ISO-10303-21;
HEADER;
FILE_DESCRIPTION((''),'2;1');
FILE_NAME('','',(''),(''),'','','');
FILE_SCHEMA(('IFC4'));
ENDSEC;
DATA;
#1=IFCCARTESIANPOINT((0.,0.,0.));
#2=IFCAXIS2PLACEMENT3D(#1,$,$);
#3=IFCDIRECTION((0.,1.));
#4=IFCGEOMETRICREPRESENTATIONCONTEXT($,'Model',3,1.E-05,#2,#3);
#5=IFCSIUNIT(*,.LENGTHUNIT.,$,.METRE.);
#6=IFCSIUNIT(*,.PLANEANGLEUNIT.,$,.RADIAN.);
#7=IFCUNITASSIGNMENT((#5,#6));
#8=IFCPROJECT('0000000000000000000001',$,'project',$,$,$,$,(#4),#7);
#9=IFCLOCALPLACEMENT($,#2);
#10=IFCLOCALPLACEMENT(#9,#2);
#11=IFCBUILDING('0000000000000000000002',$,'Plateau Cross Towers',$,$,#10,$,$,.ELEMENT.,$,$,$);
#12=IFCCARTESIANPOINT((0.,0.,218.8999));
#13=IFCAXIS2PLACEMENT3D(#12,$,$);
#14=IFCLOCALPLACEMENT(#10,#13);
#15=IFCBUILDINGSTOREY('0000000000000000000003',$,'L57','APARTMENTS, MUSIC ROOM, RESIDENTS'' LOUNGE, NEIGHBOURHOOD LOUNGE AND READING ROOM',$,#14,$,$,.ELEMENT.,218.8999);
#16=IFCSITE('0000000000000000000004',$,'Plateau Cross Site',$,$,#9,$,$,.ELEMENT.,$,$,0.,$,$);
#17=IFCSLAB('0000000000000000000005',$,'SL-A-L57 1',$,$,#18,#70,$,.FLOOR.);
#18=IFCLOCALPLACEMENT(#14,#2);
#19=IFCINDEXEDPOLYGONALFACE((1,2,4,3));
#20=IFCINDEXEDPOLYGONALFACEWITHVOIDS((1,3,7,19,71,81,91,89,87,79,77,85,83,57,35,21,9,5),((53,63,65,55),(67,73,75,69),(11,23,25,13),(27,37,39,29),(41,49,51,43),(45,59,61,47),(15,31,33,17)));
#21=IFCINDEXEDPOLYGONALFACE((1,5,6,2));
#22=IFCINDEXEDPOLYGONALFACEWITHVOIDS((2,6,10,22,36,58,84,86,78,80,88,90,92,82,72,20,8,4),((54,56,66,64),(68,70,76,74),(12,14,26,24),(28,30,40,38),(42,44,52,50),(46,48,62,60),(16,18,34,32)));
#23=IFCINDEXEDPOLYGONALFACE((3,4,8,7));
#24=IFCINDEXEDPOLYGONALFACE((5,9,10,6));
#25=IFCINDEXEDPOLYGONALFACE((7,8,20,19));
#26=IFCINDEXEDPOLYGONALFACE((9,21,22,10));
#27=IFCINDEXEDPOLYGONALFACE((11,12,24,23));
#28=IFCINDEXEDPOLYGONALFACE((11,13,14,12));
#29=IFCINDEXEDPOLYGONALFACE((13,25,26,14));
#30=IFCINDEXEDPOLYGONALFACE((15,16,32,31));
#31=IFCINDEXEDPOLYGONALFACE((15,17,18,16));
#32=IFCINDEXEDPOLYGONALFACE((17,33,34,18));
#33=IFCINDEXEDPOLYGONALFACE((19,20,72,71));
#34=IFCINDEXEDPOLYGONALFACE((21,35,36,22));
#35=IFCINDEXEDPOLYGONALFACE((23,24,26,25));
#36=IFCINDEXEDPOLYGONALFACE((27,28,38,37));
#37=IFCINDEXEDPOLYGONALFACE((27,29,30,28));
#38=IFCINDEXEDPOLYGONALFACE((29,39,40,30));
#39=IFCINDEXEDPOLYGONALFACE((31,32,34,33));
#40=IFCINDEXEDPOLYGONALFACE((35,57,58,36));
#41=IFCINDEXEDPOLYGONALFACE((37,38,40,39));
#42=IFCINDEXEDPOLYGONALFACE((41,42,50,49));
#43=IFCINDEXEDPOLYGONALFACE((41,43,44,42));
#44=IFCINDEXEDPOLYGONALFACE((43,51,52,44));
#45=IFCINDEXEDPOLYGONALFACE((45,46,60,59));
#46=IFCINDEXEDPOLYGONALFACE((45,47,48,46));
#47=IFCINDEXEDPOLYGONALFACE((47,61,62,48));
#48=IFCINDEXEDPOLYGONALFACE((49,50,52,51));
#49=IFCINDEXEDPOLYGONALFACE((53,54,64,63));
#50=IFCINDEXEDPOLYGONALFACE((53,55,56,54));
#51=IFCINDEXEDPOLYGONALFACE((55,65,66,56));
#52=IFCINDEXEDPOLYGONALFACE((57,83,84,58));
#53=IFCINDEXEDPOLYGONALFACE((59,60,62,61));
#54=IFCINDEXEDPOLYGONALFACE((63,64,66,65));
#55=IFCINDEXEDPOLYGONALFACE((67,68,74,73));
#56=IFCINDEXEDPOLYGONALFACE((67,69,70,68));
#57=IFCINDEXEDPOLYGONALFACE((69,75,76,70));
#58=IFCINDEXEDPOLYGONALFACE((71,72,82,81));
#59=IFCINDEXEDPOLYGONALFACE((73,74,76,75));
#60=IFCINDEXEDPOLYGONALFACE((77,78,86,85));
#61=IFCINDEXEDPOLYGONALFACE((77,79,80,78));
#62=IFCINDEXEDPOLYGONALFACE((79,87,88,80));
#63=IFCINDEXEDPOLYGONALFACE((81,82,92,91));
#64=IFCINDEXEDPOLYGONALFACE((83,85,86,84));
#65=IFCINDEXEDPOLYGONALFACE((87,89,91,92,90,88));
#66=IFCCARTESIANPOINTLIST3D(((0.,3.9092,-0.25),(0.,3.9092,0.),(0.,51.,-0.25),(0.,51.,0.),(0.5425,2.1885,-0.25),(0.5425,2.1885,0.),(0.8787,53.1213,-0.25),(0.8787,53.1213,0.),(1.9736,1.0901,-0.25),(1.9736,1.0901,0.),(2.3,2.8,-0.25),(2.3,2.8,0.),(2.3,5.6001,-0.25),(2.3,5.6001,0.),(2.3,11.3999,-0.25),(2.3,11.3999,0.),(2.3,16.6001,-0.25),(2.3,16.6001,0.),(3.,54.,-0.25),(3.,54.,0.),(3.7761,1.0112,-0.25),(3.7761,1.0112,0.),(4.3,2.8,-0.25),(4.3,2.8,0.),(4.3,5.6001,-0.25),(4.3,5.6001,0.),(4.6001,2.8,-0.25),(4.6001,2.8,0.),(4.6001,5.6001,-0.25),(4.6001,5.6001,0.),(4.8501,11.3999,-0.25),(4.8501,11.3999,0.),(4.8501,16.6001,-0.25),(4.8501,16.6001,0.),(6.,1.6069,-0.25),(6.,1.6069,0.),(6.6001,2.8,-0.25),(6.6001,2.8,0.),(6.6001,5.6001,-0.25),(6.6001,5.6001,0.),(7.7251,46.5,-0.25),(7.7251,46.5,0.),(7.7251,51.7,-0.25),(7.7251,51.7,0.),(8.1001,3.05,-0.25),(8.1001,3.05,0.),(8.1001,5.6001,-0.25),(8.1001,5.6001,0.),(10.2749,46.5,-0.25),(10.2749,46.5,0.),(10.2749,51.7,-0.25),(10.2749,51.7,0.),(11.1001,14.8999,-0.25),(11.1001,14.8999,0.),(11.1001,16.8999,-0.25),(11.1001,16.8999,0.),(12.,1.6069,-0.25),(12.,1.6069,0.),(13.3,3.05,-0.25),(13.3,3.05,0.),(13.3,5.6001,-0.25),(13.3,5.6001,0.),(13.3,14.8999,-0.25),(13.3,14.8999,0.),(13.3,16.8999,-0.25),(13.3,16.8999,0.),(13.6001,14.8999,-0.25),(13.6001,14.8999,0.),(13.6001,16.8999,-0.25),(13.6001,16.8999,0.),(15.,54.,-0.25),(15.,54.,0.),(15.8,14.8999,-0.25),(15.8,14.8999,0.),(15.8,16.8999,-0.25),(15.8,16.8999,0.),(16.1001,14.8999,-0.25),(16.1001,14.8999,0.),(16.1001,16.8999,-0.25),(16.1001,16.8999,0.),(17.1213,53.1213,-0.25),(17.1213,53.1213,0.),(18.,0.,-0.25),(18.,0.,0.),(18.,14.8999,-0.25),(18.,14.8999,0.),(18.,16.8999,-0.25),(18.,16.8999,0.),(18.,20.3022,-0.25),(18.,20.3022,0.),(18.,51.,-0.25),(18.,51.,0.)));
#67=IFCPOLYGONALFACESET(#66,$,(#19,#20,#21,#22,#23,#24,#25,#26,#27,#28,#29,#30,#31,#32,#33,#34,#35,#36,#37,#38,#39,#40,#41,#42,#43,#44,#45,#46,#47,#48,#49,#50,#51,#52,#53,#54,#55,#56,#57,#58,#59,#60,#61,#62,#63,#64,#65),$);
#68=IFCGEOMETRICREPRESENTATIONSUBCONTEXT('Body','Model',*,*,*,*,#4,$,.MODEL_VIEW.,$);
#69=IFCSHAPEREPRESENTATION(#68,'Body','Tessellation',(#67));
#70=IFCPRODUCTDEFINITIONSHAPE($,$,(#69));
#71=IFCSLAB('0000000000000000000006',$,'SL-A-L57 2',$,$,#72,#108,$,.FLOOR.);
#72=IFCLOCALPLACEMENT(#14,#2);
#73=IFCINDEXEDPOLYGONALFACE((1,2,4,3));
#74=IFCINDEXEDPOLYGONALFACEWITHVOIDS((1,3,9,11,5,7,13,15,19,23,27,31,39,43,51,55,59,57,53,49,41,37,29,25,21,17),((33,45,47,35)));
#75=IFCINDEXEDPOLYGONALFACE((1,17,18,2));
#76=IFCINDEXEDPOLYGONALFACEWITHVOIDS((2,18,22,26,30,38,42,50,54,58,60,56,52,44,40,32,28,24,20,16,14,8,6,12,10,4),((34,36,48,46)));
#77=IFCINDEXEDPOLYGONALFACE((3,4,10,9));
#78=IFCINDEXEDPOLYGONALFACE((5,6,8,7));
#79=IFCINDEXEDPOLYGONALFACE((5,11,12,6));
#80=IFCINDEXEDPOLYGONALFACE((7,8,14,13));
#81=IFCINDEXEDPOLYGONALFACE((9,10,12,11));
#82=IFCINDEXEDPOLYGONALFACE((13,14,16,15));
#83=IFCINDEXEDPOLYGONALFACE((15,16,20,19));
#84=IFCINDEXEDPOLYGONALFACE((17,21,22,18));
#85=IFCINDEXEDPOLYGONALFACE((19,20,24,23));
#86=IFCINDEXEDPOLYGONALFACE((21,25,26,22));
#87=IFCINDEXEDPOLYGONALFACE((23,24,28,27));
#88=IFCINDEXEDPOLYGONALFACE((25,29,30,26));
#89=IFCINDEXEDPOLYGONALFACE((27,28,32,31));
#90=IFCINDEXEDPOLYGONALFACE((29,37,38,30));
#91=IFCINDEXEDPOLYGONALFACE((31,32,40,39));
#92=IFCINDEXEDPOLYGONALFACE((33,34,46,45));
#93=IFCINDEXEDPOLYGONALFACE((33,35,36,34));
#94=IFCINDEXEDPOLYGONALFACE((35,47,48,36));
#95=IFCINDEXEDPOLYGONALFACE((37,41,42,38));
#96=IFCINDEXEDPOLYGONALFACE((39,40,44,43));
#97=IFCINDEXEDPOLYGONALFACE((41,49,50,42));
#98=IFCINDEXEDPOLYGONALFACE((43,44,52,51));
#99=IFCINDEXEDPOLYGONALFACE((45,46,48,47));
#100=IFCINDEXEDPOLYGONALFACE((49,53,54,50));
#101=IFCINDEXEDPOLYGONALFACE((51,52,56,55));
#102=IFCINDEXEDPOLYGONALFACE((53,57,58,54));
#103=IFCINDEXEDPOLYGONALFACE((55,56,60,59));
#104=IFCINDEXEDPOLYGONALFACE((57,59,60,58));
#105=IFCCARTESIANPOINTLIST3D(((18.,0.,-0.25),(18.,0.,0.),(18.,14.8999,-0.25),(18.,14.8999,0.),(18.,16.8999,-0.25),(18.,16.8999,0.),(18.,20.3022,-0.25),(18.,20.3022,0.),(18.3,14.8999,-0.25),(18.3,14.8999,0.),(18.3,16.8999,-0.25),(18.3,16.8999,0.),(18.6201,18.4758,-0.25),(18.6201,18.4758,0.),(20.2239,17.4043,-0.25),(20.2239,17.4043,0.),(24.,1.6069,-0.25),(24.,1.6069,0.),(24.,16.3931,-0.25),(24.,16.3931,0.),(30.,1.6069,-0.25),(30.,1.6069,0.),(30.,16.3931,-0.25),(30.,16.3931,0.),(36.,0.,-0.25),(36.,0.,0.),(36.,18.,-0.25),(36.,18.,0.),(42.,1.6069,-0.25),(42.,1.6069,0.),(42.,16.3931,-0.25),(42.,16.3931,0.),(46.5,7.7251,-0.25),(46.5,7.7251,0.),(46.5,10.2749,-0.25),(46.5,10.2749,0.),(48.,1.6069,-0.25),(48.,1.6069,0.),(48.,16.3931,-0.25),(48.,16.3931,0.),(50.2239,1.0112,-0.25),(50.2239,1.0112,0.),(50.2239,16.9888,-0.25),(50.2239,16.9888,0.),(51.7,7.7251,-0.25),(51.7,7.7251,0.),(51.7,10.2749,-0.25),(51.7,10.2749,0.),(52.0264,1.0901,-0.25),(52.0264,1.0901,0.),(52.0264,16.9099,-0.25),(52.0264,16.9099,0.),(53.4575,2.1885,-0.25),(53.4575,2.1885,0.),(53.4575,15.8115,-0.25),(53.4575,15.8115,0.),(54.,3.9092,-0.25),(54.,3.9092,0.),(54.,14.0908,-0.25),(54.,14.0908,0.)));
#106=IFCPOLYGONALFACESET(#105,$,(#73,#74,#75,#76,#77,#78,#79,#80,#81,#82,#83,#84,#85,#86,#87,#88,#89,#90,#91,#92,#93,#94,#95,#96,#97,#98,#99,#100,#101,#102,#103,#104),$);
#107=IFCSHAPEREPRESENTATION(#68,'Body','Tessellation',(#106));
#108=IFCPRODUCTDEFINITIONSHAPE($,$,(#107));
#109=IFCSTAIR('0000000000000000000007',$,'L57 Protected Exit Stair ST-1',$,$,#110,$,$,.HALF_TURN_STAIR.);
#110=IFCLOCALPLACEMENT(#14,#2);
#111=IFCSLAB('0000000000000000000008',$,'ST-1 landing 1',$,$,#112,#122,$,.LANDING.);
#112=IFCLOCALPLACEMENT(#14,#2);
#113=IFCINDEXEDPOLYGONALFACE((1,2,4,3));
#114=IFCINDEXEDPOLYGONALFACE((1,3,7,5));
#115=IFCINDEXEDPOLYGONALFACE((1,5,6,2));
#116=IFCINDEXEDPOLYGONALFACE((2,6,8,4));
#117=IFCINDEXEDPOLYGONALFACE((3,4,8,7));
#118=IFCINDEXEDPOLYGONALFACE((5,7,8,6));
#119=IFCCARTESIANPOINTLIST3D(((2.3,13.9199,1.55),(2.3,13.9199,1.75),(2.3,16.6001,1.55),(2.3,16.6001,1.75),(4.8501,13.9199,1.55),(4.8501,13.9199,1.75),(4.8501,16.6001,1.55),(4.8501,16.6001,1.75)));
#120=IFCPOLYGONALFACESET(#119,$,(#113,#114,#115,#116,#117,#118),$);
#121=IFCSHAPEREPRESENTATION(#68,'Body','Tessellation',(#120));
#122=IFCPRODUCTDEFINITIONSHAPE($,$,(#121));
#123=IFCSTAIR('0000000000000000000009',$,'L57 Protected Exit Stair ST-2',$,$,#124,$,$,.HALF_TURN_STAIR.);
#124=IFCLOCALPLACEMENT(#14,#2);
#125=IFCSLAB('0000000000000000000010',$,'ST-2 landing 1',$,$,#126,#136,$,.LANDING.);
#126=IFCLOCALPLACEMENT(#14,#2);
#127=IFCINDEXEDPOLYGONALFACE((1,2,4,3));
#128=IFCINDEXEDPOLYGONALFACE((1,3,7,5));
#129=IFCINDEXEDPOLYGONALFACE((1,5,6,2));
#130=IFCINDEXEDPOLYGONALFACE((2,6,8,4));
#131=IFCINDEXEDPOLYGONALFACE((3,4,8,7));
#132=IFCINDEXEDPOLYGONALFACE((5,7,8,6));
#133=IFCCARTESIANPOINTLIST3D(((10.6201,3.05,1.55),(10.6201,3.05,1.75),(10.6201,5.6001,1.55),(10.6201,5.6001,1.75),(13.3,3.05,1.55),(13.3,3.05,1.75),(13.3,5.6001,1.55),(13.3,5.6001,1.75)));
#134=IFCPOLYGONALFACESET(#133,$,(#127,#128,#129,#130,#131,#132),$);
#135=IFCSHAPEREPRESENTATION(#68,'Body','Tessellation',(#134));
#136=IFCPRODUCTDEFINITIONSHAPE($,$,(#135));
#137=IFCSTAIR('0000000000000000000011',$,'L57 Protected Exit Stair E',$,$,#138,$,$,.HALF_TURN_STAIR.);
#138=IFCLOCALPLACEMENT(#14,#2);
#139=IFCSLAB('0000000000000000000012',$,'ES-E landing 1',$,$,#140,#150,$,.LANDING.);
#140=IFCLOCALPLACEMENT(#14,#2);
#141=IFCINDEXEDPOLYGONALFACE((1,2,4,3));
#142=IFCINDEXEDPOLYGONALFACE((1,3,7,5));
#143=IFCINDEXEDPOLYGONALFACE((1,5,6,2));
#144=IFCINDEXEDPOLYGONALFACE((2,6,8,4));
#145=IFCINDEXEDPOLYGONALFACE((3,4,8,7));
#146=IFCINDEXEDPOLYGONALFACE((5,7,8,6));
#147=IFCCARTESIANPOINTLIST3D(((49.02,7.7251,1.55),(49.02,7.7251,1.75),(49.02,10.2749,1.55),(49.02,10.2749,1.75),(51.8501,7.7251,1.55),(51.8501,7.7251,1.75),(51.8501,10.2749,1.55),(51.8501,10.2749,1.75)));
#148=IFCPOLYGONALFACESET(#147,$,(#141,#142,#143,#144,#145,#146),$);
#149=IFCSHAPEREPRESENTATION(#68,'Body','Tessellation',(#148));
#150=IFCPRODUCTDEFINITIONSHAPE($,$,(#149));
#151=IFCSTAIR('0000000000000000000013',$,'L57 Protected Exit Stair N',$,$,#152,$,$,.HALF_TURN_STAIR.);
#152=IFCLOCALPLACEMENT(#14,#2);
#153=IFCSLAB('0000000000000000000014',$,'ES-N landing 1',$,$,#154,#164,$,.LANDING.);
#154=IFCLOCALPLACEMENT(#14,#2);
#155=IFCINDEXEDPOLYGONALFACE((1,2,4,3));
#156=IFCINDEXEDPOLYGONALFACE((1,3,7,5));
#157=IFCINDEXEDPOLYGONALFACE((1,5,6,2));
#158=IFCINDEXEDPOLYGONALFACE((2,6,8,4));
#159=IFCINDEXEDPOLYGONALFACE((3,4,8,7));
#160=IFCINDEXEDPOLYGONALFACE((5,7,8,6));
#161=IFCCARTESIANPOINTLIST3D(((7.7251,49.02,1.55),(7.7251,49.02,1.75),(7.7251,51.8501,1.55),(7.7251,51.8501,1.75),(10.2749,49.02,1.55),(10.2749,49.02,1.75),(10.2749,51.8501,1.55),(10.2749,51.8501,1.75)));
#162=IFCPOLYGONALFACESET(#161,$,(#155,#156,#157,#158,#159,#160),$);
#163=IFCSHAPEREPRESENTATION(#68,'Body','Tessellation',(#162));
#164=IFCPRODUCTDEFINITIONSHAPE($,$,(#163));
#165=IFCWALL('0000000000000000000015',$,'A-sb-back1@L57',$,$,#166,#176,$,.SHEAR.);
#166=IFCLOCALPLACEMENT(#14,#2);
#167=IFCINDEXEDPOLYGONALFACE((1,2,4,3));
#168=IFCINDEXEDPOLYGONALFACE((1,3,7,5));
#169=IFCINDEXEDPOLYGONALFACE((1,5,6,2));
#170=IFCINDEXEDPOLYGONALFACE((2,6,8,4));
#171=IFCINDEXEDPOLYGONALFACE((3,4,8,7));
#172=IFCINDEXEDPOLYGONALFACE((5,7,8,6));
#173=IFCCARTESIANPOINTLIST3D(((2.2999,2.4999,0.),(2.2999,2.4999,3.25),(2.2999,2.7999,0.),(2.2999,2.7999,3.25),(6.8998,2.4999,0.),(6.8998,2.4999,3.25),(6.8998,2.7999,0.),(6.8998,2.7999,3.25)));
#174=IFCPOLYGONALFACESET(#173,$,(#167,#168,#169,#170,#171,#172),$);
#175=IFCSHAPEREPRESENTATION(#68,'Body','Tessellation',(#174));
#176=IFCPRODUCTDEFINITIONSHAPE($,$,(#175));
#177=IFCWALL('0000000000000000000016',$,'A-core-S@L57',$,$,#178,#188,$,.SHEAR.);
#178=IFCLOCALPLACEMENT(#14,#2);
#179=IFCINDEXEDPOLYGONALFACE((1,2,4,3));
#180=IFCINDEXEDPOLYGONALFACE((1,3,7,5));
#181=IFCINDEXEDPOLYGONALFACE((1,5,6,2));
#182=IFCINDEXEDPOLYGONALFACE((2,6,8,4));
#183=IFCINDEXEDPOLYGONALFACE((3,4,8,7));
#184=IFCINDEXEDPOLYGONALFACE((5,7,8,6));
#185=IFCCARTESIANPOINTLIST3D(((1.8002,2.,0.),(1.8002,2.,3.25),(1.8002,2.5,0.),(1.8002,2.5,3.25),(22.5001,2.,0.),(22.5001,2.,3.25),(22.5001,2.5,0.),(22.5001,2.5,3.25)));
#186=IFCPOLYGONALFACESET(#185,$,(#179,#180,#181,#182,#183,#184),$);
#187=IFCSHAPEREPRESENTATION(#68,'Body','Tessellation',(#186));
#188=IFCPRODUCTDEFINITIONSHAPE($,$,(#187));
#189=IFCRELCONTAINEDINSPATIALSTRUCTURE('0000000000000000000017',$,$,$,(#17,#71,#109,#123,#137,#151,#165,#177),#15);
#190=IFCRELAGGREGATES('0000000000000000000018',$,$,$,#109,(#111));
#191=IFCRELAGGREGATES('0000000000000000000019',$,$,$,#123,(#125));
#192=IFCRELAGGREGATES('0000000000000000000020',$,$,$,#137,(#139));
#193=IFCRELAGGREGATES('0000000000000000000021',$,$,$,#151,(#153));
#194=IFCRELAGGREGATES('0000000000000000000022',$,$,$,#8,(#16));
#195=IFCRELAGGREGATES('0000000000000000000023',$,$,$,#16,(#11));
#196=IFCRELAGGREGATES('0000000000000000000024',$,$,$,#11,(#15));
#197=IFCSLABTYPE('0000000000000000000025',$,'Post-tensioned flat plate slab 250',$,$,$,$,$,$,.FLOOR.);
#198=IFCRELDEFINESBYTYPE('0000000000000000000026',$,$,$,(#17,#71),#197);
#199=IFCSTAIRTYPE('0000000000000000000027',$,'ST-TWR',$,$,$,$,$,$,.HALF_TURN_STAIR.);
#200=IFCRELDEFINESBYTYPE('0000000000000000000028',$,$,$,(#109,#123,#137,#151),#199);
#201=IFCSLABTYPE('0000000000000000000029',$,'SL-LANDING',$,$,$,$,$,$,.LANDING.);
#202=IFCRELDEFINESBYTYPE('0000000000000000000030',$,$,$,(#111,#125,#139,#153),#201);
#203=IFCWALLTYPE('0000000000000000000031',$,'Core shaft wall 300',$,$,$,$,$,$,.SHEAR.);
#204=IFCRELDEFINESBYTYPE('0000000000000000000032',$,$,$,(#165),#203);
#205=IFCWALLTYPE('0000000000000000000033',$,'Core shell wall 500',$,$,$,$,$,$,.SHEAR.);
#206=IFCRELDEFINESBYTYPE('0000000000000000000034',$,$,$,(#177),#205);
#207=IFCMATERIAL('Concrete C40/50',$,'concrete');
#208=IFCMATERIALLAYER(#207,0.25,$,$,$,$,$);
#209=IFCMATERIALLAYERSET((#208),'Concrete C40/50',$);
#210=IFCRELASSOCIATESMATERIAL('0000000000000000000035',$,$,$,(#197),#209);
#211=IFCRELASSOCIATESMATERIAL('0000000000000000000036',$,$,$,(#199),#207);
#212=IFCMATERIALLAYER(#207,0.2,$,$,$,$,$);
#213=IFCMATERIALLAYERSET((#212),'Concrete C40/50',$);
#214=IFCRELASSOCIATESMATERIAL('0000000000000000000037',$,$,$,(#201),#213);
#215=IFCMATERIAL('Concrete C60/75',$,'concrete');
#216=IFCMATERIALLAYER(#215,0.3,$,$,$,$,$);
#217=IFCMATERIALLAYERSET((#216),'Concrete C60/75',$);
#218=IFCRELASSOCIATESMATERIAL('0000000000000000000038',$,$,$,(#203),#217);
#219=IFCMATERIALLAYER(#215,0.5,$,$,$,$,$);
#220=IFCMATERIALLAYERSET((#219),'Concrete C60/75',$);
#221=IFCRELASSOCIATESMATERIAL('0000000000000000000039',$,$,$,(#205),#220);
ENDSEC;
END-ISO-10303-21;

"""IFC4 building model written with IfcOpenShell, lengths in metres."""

from ifc_helpers import new_model, si_unit, direction, frame, frame_2d, origin, place, context, subcontext, project, spatial, polyline, rectangle, outline, extrude, material, layer, layer_set, type_object, element, aggregate, save


model = new_model("IFC4")

# Units and contexts
model_context = context("Model", 3, precision=1e-05, world=origin(), true_north=direction((0.0, 1.0)))
body_context = subcontext(model_context, "Body", "Model", "MODEL_VIEW")
ifc_project = project(units=[si_unit("LENGTHUNIT", "METRE"), si_unit("PLANEANGLEUNIT", "RADIAN")], contexts=[model_context])

# Site, building, storey
site_placement = place(None, origin())
site = spatial("IfcSite", under=ifc_project, at=site_placement, Name="Plateau Cross Site", CompositionType="ELEMENT", RefElevation=0.0)
building_placement = place(site_placement, origin())
building = spatial("IfcBuilding", under=site, at=building_placement, Name="Plateau Cross Towers", CompositionType="ELEMENT")
storey_placement = place(building_placement, frame((0.0, 0.0, 218.8999)))
storey = spatial("IfcBuildingStorey", under=building, at=storey_placement, Name="L57", Description="APARTMENTS, MUSIC ROOM, RESIDENTS' LOUNGE, NEIGHBOURHOOD LOUNGE AND READING ROOM", CompositionType="ELEMENT", Elevation=218.8999)

# Shared definitions
ifc_material_1 = material(Name="Concrete C60/75", Category="concrete")

# Shared definitions
ifc_material_2 = material(Name="Concrete C40/50", Category="concrete")

# Slabs
ifc_layer_1 = layer(ifc_material_2, 0.25)
ifc_layer_set_1 = layer_set([ifc_layer_1], Name="Concrete C40/50")
slab_type_1 = type_object("IfcSlabType", Name="Post-tensioned flat plate slab 250", PredefinedType="FLOOR", material=ifc_layer_set_1)
slab_1_placement = place(storey_placement, frame((0.0, 0.0, -0.25)))
element("IfcSlab", 1, at=slab_1_placement, inside=storey, type_object=slab_type_1, Name="SL-A-L57 1", PredefinedType="FLOOR", context=body_context, shape_type="SweptSolid", body=[
    extrude(outline(polyline([(0.5425, 2.1885), (0.0, 3.9092), (0.0, 51.0), (0.8787, 53.1213), (3.0, 54.0), (15.0, 54.0), (17.1213, 53.1213), (18.0, 51.0), (18.0, 20.3022), (18.0, 16.8999), (16.1001, 16.8999), (16.1001, 14.8999), (18.0, 14.8999), (18.0, 0.0), (12.0, 1.6069), (6.0, 1.6069), (3.7761, 1.0112), (1.9736, 1.0901), (0.5425, 2.1885)]), holes=[polyline([(2.3, 5.6001), (2.3, 2.8), (4.3, 2.8), (4.3, 5.6001), (2.3, 5.6001)]), polyline([(4.6001, 5.6001), (4.6001, 2.8), (6.6001, 2.8), (6.6001, 5.6001), (4.6001, 5.6001)]), polyline([(8.1001, 5.6001), (8.1001, 3.05), (13.3, 3.05), (13.3, 5.6001), (8.1001, 5.6001)]), polyline([(2.3, 11.3999), (4.8501, 11.3999), (4.8501, 16.6001), (2.3, 16.6001), (2.3, 11.3999)]), polyline([(11.1001, 16.8999), (11.1001, 14.8999), (13.3, 14.8999), (13.3, 16.8999), (11.1001, 16.8999)]), polyline([(13.6001, 16.8999), (13.6001, 14.8999), (15.8, 14.8999), (15.8, 16.8999), (13.6001, 16.8999)]), polyline([(7.7251, 51.7), (7.7251, 46.5), (10.2749, 46.5), (10.2749, 51.7), (7.7251, 51.7)])]), origin(), (0.0, 0.0, 1.0), 0.25),
])
slab_2_placement = place(storey_placement, frame((0.0, 0.0, -0.25)))
element("IfcSlab", 2, at=slab_2_placement, inside=storey, type_object=slab_type_1, Name="SL-A-L57 2", PredefinedType="FLOOR", context=body_context, shape_type="SweptSolid", body=[
    extrude(outline(polyline([(18.6201, 18.4758), (20.2239, 17.4043), (24.0, 16.3931), (30.0, 16.3931), (36.0, 18.0), (42.0, 16.3931), (48.0, 16.3931), (50.2239, 16.9888), (52.0264, 16.9099), (53.4575, 15.8115), (54.0, 14.0908), (54.0, 3.9092), (53.4575, 2.1885), (52.0264, 1.0901), (50.2239, 1.0112), (48.0, 1.6069), (42.0, 1.6069), (36.0, 0.0), (30.0, 1.6069), (24.0, 1.6069), (18.0, 0.0), (18.0, 14.8999), (18.3, 14.8999), (18.3, 16.8999), (18.0, 16.8999), (18.0, 20.3022), (18.6201, 18.4758)]), holes=[polyline([(46.5, 10.2749), (46.5, 7.7251), (51.7, 7.7251), (51.7, 10.2749), (46.5, 10.2749)])]), origin(), (0.0, 0.0, 1.0), 0.25),
])

# Stairs, slabs
stair_type = type_object("IfcStairType", Name="ST-TWR", PredefinedType="HALF_TURN_STAIR", material=ifc_material_2)
stair_1_placement = place(storey_placement, origin())
stair_1 = element("IfcStair", 3, at=stair_1_placement, inside=storey, type_object=stair_type, Name="L57 Protected Exit Stair ST-1", PredefinedType="HALF_TURN_STAIR")
ifc_layer_2 = layer(ifc_material_2, 0.2)
ifc_layer_set_2 = layer_set([ifc_layer_2], Name="Concrete C40/50")
slab_type_2 = type_object("IfcSlabType", Name="SL-LANDING", PredefinedType="LANDING", material=ifc_layer_set_2)
slab_3_placement = place(storey_placement, frame((0.0, 0.0, 1.55)))
slab_3 = element("IfcSlab", 4, at=slab_3_placement, type_object=slab_type_2, Name="ST-1 landing 1", PredefinedType="LANDING", context=body_context, shape_type="SweptSolid", body=[
    extrude(outline(polyline([(4.8501, 13.9199), (4.8501, 16.6001), (2.3, 16.6001), (2.3, 13.9199), (4.8501, 13.9199)])), origin(), (0.0, 0.0, 1.0), 0.2),
])
aggregate(stair_1, [slab_3])
stair_2_placement = place(storey_placement, origin())
stair_2 = element("IfcStair", 5, at=stair_2_placement, inside=storey, type_object=stair_type, Name="L57 Protected Exit Stair ST-2", PredefinedType="HALF_TURN_STAIR")
slab_4_placement = place(storey_placement, frame((0.0, 0.0, 1.55)))
slab_4 = element("IfcSlab", 6, at=slab_4_placement, type_object=slab_type_2, Name="ST-2 landing 1", PredefinedType="LANDING", context=body_context, shape_type="SweptSolid", body=[
    extrude(outline(polyline([(10.6201, 3.05), (13.3, 3.05), (13.3, 5.6001), (10.6201, 5.6001), (10.6201, 3.05)])), origin(), (0.0, 0.0, 1.0), 0.2),
])
aggregate(stair_2, [slab_4])
stair_3_placement = place(storey_placement, origin())
stair_3 = element("IfcStair", 7, at=stair_3_placement, inside=storey, type_object=stair_type, Name="L57 Protected Exit Stair E", PredefinedType="HALF_TURN_STAIR")
slab_5_placement = place(storey_placement, frame((0.0, 0.0, 1.55)))
slab_5 = element("IfcSlab", 8, at=slab_5_placement, type_object=slab_type_2, Name="ES-E landing 1", PredefinedType="LANDING", context=body_context, shape_type="SweptSolid", body=[
    extrude(outline(polyline([(49.02, 7.7251), (51.8501, 7.7251), (51.8501, 10.2749), (49.02, 10.2749), (49.02, 7.7251)])), origin(), (0.0, 0.0, 1.0), 0.2),
])
aggregate(stair_3, [slab_5])
stair_4_placement = place(storey_placement, origin())
stair_4 = element("IfcStair", 9, at=stair_4_placement, inside=storey, type_object=stair_type, Name="L57 Protected Exit Stair N", PredefinedType="HALF_TURN_STAIR")
slab_6_placement = place(storey_placement, frame((0.0, 0.0, 1.55)))
slab_6 = element("IfcSlab", 10, at=slab_6_placement, type_object=slab_type_2, Name="ES-N landing 1", PredefinedType="LANDING", context=body_context, shape_type="SweptSolid", body=[
    extrude(outline(polyline([(10.2749, 49.02), (10.2749, 51.8501), (7.7251, 51.8501), (7.7251, 49.02), (10.2749, 49.02)])), origin(), (0.0, 0.0, 1.0), 0.2),
])
aggregate(stair_4, [slab_6])

# Walls
ifc_layer_3 = layer(ifc_material_1, 0.3)
ifc_layer_set_3 = layer_set([ifc_layer_3], Name="Concrete C60/75")
wall_type_1 = type_object("IfcWallType", Name="Core shaft wall 300", PredefinedType="SHEAR", material=ifc_layer_set_3)
wall_1_placement = place(storey_placement, frame((2.3, 2.6499, 0.0), z_axis=(0.0, 0.0, 1.0), x_axis=(1.0, 0.0, 0.0)))
element("IfcWall", 11, at=wall_1_placement, inside=storey, type_object=wall_type_1, Name="A-sb-back1@L57", PredefinedType="SHEAR", context=body_context, shape_type="SweptSolid", body=[
    extrude(rectangle(XDim=4.5999, YDim=0.3, at=frame_2d((2.2998, 0.0))), origin(), (0.0, 0.0, 1.0), 3.25),
])
ifc_layer_4 = layer(ifc_material_1, 0.5)
ifc_layer_set_4 = layer_set([ifc_layer_4], Name="Concrete C60/75")
wall_type_2 = type_object("IfcWallType", Name="Core shell wall 500", PredefinedType="SHEAR", material=ifc_layer_set_4)
wall_2_placement = place(storey_placement, frame((1.8, 2.25, 0.0), z_axis=(0.0, 0.0, 1.0), x_axis=(1.0, 0.0, 0.0)))
element("IfcWall", 12, at=wall_2_placement, inside=storey, type_object=wall_type_2, Name="A-core-S@L57", PredefinedType="SHEAR", context=body_context, shape_type="SweptSolid", body=[
    extrude(rectangle(XDim=20.7, YDim=0.5, at=frame_2d((10.3501, 0.0))), origin(), (0.0, 0.0, 1.0), 3.25),
])

save(model, "model.ifc")
